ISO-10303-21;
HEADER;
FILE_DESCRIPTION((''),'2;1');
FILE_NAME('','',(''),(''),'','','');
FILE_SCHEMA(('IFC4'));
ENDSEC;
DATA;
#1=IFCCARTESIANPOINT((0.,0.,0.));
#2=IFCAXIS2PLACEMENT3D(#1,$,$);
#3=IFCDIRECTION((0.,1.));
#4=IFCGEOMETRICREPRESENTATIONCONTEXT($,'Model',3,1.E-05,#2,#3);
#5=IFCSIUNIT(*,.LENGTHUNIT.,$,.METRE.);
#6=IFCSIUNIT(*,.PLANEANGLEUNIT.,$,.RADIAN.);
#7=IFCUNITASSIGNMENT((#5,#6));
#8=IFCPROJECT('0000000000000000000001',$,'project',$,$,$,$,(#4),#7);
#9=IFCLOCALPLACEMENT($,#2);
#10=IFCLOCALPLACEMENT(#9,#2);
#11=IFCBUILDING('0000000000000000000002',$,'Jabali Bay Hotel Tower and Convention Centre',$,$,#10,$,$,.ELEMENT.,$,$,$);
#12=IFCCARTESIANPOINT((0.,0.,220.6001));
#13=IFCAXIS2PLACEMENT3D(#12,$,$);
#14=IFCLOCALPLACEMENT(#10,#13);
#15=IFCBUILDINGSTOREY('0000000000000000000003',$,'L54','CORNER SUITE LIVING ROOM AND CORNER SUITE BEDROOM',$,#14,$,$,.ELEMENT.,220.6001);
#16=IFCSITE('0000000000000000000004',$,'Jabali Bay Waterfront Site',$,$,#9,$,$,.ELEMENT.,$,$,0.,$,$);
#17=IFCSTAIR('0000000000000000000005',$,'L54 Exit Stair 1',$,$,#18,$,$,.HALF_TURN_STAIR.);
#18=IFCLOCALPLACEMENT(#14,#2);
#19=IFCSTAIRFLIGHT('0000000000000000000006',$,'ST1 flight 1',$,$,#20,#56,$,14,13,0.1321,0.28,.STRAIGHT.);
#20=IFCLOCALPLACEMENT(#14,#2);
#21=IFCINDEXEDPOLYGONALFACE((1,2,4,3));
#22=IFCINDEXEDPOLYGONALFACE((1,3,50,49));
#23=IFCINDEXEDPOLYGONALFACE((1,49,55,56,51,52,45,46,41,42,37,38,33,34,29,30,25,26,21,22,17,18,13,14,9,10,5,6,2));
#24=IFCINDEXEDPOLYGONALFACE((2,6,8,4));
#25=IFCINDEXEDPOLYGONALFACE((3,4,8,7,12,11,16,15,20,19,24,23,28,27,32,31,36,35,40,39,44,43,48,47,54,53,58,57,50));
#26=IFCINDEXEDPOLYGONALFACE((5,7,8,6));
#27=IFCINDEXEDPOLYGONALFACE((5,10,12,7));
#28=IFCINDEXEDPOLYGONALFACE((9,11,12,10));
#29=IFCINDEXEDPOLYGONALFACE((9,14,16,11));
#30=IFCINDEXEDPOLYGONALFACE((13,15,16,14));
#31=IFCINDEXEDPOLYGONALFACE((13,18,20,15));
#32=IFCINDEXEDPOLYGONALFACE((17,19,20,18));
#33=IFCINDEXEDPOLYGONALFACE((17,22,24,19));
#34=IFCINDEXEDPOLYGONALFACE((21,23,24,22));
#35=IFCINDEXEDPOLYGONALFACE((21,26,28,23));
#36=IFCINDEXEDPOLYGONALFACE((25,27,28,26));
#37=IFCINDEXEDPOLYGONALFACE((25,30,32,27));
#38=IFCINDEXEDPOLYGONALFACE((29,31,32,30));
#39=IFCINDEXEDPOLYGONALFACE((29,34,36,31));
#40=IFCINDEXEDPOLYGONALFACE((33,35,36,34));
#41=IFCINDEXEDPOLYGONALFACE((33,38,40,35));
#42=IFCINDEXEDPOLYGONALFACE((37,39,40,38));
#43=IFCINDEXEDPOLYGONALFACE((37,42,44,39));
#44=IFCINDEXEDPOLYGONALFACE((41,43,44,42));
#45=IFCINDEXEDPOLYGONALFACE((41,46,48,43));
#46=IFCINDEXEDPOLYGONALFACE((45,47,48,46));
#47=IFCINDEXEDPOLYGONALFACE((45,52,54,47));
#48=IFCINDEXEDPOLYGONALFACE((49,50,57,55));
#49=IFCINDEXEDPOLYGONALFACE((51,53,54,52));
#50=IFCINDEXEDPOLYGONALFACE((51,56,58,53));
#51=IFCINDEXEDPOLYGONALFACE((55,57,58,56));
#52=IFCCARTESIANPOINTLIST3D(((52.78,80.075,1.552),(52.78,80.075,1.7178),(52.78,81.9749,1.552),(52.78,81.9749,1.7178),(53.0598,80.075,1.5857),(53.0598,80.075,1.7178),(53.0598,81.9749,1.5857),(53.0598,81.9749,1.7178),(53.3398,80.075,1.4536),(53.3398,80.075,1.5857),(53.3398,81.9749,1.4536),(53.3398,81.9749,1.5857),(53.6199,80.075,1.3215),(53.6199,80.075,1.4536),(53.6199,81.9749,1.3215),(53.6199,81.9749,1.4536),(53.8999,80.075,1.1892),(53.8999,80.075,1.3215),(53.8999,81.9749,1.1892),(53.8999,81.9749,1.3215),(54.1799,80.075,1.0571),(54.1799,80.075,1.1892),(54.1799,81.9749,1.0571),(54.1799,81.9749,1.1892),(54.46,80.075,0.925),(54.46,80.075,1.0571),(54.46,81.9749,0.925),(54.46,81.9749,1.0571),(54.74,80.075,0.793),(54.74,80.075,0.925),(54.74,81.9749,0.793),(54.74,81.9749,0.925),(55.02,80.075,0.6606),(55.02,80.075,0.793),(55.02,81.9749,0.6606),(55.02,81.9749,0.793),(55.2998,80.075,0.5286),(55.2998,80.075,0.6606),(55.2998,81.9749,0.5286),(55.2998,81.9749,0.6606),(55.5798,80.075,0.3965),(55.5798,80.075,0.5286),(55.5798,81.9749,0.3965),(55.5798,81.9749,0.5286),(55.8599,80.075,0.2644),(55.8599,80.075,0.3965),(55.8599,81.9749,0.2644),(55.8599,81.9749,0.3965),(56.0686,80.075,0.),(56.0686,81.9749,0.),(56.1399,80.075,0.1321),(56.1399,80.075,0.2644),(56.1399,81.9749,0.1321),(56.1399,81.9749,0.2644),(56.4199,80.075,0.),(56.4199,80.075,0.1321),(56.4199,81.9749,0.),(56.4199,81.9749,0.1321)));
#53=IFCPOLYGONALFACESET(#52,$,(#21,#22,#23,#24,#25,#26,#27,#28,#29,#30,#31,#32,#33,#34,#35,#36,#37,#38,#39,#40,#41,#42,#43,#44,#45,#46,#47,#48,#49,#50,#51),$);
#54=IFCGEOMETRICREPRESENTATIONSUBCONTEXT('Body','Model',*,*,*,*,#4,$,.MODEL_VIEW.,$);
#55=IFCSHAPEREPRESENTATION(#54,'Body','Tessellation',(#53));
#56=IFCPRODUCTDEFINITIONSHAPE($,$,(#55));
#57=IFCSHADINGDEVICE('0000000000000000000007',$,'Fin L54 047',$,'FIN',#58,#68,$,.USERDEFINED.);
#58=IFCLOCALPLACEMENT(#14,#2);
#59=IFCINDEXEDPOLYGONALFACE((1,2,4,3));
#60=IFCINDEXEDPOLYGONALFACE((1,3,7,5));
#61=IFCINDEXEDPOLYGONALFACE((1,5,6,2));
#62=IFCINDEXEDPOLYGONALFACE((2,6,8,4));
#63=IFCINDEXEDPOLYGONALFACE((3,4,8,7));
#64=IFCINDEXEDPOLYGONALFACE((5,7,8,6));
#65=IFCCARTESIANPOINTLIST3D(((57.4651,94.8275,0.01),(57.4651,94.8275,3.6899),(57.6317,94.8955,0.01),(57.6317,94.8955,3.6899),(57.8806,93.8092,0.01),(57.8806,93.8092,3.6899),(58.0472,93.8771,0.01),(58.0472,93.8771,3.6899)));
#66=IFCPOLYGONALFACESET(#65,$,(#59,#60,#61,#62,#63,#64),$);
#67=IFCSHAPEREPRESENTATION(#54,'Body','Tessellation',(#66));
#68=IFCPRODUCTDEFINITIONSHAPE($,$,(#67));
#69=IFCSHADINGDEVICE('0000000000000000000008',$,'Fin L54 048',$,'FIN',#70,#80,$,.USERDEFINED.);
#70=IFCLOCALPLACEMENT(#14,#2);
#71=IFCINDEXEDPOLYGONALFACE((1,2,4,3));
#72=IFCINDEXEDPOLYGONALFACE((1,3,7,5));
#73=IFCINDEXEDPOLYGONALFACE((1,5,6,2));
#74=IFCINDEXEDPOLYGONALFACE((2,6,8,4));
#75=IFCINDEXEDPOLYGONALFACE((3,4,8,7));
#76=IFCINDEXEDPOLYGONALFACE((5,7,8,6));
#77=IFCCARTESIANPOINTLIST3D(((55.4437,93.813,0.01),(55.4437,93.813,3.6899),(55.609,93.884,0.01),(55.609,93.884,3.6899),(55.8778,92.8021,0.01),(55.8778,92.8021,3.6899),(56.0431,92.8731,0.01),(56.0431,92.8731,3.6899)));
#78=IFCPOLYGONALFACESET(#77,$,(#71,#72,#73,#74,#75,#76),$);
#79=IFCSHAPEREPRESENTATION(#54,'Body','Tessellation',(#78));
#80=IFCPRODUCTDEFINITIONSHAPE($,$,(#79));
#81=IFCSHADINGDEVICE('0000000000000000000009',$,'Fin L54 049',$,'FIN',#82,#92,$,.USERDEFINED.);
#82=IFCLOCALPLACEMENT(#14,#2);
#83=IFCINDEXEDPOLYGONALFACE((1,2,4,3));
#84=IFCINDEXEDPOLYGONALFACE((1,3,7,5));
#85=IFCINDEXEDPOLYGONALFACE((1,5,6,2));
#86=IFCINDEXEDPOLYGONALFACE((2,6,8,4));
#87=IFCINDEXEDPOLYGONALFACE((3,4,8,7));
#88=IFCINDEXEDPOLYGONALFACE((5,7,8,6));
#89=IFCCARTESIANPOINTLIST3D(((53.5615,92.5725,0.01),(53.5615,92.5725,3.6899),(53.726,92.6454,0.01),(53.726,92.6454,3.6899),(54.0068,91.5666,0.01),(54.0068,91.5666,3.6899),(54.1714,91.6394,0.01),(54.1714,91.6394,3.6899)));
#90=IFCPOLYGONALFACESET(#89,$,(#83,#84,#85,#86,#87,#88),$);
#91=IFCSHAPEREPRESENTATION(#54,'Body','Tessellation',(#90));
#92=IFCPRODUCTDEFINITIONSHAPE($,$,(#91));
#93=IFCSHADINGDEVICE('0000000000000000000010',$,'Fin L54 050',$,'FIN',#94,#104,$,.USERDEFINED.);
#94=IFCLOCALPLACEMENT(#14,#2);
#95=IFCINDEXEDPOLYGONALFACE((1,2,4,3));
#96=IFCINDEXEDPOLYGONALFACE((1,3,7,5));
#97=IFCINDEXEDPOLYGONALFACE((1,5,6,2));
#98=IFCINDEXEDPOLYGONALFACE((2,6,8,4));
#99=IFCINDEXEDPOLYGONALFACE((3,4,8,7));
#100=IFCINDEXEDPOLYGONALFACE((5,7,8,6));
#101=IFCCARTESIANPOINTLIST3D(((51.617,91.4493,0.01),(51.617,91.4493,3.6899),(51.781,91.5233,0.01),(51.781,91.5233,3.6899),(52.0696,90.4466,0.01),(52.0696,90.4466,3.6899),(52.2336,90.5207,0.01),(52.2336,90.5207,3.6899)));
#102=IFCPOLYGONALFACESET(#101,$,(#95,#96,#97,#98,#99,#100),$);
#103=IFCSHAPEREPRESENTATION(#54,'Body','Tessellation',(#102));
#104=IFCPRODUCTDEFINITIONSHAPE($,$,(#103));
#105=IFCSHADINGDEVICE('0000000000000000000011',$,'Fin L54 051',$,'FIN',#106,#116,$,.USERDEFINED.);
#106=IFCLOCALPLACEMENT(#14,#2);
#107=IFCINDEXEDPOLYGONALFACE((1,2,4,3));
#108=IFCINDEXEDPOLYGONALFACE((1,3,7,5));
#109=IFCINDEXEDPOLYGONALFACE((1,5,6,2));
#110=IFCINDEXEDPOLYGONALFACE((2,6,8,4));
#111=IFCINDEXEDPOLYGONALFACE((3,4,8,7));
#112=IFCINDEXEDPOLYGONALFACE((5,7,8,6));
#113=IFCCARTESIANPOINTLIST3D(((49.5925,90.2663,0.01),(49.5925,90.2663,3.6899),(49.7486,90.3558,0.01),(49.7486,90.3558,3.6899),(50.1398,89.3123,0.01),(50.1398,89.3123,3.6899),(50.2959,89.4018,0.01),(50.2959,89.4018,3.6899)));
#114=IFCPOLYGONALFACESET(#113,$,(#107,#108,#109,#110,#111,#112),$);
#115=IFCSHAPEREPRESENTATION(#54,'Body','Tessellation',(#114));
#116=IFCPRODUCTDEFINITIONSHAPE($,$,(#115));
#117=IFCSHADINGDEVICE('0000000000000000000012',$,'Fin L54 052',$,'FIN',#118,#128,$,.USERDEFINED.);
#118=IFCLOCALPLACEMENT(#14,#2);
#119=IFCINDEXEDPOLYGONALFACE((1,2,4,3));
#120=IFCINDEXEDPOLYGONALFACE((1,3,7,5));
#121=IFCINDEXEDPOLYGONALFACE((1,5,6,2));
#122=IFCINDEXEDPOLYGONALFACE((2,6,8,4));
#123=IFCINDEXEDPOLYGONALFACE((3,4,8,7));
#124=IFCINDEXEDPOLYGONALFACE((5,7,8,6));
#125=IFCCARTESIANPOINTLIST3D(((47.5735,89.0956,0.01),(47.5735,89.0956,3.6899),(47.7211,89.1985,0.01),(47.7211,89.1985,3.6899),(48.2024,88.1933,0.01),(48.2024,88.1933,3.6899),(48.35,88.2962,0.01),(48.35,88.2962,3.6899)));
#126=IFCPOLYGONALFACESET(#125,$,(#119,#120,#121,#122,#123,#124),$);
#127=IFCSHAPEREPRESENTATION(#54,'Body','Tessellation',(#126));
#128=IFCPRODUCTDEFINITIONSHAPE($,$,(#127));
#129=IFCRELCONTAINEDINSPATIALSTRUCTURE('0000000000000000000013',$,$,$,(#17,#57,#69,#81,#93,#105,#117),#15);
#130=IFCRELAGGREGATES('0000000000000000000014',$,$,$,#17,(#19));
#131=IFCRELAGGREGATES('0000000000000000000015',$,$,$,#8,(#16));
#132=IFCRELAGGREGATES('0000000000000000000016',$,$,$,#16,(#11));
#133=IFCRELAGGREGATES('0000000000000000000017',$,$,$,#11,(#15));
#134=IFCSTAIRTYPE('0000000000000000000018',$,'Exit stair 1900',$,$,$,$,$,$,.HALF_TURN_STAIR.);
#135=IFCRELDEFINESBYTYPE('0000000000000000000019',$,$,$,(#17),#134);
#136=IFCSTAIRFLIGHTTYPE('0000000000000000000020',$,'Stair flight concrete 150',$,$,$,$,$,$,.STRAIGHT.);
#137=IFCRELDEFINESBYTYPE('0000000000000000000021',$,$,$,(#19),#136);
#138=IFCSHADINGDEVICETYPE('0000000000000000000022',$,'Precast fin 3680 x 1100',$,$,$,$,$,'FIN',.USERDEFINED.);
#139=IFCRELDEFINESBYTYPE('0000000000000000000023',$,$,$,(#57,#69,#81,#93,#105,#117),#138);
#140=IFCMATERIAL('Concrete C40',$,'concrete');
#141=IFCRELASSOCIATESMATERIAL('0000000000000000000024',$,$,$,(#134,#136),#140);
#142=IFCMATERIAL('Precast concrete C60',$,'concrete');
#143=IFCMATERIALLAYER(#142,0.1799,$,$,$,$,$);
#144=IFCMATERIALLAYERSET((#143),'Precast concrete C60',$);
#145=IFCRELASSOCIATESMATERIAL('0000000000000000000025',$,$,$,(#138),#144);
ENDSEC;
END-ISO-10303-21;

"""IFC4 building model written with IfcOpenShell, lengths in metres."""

from ifc_helpers import new_model, si_unit, direction, frame, frame_2d, origin, place, context, subcontext, project, spatial, polyline, rectangle, outline, extrude, material, layer, layer_set, type_object, element, aggregate, save


model = new_model("IFC4")

# Units and contexts
model_context = context("Model", 3, precision=1e-05, world=origin(), true_north=direction((0.0, 1.0)))
body_context = subcontext(model_context, "Body", "Model", "MODEL_VIEW")
ifc_project = project(units=[si_unit("LENGTHUNIT", "METRE"), si_unit("PLANEANGLEUNIT", "RADIAN")], contexts=[model_context])

# Site, building, storey
site_placement = place(None, origin())
site = spatial("IfcSite", under=ifc_project, at=site_placement, Name="Jabali Bay Waterfront Site", CompositionType="ELEMENT", RefElevation=0.0)
building_placement = place(site_placement, origin())
building = spatial("IfcBuilding", under=site, at=building_placement, Name="Jabali Bay Hotel Tower and Convention Centre", CompositionType="ELEMENT")
storey_placement = place(building_placement, frame((0.0, 0.0, 220.6001)))
storey = spatial("IfcBuildingStorey", under=building, at=storey_placement, Name="L54", Description="CORNER SUITE LIVING ROOM AND CORNER SUITE BEDROOM", CompositionType="ELEMENT", Elevation=220.6001)

# Shared definitions
ifc_material_1 = material(Name="Concrete C40", Category="concrete")

# Stair, stair flight
stair_type = type_object("IfcStairType", Name="Exit stair 1900", PredefinedType="HALF_TURN_STAIR", material=ifc_material_1)
stair_placement = place(storey_placement, origin())
stair = element("IfcStair", 1, at=stair_placement, inside=storey, type_object=stair_type, Name="L54 Exit Stair 1", PredefinedType="HALF_TURN_STAIR")
stair_flight_type = type_object("IfcStairFlightType", Name="Stair flight concrete 150", PredefinedType="STRAIGHT", material=ifc_material_1)
stair_flight_placement = place(storey_placement, frame((56.4199, 81.0249, 0.0), z_axis=(0.0, 0.0, 1.0), x_axis=(-1.0, 0.0, 0.0)))
stair_flight = element("IfcStairFlight", 2, at=stair_flight_placement, type_object=stair_flight_type, Name="ST1 flight 1", NumberOfRisers=14, NumberOfTreads=13, PredefinedType="STRAIGHT", RiserHeight=0.1321, TreadLength=0.28, context=body_context, shape_type="SweptSolid", body=[
    extrude(outline(polyline([(0.0, 0.0), (0.0, 0.1321), (0.28, 0.1321), (0.28, 0.2644), (0.5601, 0.2644), (0.5601, 0.3965), (0.8401, 0.3965), (0.8401, 0.5286), (1.1201, 0.5286), (1.1201, 0.6606), (1.3999, 0.6606), (1.3999, 0.793), (1.6799, 0.793), (1.6799, 0.925), (1.96, 0.925), (1.96, 1.0571), (2.24, 1.0571), (2.24, 1.1892), (2.52, 1.1892), (2.52, 1.3215), (2.8, 1.3215), (2.8, 1.4536), (3.0801, 1.4536), (3.0801, 1.5857), (3.3601, 1.5857), (3.3601, 1.7178), (3.6399, 1.7178), (3.6399, 1.8501), (3.6399, 1.552), (0.3513, 0.0), (0.0, 0.0)])), frame((0.0, 0.95, 0.0), z_axis=(0.0, -1.0, 0.0), x_axis=(1.0, 0.0, 0.0)), (0.0, 0.0, 1.0), 1.8999),
])
aggregate(stair, [stair_flight])

# Shading devices
ifc_material_2 = material(Name="Precast concrete C60", Category="concrete")
ifc_layer_1 = layer(ifc_material_2, 0.1799)
ifc_layer_set_1 = layer_set([ifc_layer_1], Name="Precast concrete C60")
shading_device_type = type_object("IfcShadingDeviceType", Name="Precast fin 3680 x 1100", ElementType="FIN", PredefinedType="USERDEFINED", material=ifc_layer_set_1)
shading_device_placement = place(storey_placement, frame((57.9639, 93.8433, 0.01), z_axis=(0.0, 0.0, 1.0), x_axis=(-0.377812, 0.925883, 0.0)))
element("IfcShadingDevice", 3, at=shading_device_placement, inside=storey, type_object=shading_device_type, Name="Fin L54 047", ObjectType="FIN", PredefinedType="USERDEFINED", context=body_context, shape_type="SweptSolid", body=[
    extrude(rectangle(XDim=1.0999, YDim=0.1799, at=frame_2d((0.5498, 0.0))), origin(), (0.0, 0.0, 1.0), 3.6799),
])
for number, where, z_axis, x_axis, name in (
    (4, (55.9604, 92.8376, 0.01), (0.0, 0.0, 1.0), (-0.394616, 0.918846, 0.0), "Fin L54 048"),
    (5, (54.0891, 91.603, 0.01), (0.0, 0.0, 1.0), (-0.40482, 0.914396, 0.0), "Fin L54 049"),
    (6, (52.1516, 90.4836, 0.01), (0.0, 0.0, 1.0), (-0.411444, 0.911435, 0.0), "Fin L54 050"),
):
    element("IfcShadingDevice", number, at=place(storey_placement, frame(where, z_axis=z_axis, x_axis=x_axis)), inside=storey, type_object=shading_device_type, Name=name, ObjectType="FIN", PredefinedType="USERDEFINED", context=body_context, shape_type="SweptSolid", body=[
        extrude(rectangle(XDim=1.1001, YDim=0.1799, at=frame_2d((0.55, 0.0))), origin(), (0.0, 0.0, 1.0), 3.6799),
    ])
for number, where, z_axis, x_axis, name in (
    (7, (50.2178, 89.3572, 0.01), (0.0, 0.0, 1.0), (-0.49762, 0.867395, 0.0), "Fin L54 051"),
    (8, (48.2761, 88.2449, 0.01), (0.0, 0.0, 1.0), (-0.571793, 0.820398, 0.0), "Fin L54 052"),
):
    element("IfcShadingDevice", number, at=place(storey_placement, frame(where, z_axis=z_axis, x_axis=x_axis)), inside=storey, type_object=shading_device_type, Name=name, ObjectType="FIN", PredefinedType="USERDEFINED", context=body_context, shape_type="SweptSolid", body=[
        extrude(rectangle(XDim=1.0999, YDim=0.1799, at=frame_2d((0.5498, 0.0))), origin(), (0.0, 0.0, 1.0), 3.6799),
    ])

save(model, "model.ifc")
